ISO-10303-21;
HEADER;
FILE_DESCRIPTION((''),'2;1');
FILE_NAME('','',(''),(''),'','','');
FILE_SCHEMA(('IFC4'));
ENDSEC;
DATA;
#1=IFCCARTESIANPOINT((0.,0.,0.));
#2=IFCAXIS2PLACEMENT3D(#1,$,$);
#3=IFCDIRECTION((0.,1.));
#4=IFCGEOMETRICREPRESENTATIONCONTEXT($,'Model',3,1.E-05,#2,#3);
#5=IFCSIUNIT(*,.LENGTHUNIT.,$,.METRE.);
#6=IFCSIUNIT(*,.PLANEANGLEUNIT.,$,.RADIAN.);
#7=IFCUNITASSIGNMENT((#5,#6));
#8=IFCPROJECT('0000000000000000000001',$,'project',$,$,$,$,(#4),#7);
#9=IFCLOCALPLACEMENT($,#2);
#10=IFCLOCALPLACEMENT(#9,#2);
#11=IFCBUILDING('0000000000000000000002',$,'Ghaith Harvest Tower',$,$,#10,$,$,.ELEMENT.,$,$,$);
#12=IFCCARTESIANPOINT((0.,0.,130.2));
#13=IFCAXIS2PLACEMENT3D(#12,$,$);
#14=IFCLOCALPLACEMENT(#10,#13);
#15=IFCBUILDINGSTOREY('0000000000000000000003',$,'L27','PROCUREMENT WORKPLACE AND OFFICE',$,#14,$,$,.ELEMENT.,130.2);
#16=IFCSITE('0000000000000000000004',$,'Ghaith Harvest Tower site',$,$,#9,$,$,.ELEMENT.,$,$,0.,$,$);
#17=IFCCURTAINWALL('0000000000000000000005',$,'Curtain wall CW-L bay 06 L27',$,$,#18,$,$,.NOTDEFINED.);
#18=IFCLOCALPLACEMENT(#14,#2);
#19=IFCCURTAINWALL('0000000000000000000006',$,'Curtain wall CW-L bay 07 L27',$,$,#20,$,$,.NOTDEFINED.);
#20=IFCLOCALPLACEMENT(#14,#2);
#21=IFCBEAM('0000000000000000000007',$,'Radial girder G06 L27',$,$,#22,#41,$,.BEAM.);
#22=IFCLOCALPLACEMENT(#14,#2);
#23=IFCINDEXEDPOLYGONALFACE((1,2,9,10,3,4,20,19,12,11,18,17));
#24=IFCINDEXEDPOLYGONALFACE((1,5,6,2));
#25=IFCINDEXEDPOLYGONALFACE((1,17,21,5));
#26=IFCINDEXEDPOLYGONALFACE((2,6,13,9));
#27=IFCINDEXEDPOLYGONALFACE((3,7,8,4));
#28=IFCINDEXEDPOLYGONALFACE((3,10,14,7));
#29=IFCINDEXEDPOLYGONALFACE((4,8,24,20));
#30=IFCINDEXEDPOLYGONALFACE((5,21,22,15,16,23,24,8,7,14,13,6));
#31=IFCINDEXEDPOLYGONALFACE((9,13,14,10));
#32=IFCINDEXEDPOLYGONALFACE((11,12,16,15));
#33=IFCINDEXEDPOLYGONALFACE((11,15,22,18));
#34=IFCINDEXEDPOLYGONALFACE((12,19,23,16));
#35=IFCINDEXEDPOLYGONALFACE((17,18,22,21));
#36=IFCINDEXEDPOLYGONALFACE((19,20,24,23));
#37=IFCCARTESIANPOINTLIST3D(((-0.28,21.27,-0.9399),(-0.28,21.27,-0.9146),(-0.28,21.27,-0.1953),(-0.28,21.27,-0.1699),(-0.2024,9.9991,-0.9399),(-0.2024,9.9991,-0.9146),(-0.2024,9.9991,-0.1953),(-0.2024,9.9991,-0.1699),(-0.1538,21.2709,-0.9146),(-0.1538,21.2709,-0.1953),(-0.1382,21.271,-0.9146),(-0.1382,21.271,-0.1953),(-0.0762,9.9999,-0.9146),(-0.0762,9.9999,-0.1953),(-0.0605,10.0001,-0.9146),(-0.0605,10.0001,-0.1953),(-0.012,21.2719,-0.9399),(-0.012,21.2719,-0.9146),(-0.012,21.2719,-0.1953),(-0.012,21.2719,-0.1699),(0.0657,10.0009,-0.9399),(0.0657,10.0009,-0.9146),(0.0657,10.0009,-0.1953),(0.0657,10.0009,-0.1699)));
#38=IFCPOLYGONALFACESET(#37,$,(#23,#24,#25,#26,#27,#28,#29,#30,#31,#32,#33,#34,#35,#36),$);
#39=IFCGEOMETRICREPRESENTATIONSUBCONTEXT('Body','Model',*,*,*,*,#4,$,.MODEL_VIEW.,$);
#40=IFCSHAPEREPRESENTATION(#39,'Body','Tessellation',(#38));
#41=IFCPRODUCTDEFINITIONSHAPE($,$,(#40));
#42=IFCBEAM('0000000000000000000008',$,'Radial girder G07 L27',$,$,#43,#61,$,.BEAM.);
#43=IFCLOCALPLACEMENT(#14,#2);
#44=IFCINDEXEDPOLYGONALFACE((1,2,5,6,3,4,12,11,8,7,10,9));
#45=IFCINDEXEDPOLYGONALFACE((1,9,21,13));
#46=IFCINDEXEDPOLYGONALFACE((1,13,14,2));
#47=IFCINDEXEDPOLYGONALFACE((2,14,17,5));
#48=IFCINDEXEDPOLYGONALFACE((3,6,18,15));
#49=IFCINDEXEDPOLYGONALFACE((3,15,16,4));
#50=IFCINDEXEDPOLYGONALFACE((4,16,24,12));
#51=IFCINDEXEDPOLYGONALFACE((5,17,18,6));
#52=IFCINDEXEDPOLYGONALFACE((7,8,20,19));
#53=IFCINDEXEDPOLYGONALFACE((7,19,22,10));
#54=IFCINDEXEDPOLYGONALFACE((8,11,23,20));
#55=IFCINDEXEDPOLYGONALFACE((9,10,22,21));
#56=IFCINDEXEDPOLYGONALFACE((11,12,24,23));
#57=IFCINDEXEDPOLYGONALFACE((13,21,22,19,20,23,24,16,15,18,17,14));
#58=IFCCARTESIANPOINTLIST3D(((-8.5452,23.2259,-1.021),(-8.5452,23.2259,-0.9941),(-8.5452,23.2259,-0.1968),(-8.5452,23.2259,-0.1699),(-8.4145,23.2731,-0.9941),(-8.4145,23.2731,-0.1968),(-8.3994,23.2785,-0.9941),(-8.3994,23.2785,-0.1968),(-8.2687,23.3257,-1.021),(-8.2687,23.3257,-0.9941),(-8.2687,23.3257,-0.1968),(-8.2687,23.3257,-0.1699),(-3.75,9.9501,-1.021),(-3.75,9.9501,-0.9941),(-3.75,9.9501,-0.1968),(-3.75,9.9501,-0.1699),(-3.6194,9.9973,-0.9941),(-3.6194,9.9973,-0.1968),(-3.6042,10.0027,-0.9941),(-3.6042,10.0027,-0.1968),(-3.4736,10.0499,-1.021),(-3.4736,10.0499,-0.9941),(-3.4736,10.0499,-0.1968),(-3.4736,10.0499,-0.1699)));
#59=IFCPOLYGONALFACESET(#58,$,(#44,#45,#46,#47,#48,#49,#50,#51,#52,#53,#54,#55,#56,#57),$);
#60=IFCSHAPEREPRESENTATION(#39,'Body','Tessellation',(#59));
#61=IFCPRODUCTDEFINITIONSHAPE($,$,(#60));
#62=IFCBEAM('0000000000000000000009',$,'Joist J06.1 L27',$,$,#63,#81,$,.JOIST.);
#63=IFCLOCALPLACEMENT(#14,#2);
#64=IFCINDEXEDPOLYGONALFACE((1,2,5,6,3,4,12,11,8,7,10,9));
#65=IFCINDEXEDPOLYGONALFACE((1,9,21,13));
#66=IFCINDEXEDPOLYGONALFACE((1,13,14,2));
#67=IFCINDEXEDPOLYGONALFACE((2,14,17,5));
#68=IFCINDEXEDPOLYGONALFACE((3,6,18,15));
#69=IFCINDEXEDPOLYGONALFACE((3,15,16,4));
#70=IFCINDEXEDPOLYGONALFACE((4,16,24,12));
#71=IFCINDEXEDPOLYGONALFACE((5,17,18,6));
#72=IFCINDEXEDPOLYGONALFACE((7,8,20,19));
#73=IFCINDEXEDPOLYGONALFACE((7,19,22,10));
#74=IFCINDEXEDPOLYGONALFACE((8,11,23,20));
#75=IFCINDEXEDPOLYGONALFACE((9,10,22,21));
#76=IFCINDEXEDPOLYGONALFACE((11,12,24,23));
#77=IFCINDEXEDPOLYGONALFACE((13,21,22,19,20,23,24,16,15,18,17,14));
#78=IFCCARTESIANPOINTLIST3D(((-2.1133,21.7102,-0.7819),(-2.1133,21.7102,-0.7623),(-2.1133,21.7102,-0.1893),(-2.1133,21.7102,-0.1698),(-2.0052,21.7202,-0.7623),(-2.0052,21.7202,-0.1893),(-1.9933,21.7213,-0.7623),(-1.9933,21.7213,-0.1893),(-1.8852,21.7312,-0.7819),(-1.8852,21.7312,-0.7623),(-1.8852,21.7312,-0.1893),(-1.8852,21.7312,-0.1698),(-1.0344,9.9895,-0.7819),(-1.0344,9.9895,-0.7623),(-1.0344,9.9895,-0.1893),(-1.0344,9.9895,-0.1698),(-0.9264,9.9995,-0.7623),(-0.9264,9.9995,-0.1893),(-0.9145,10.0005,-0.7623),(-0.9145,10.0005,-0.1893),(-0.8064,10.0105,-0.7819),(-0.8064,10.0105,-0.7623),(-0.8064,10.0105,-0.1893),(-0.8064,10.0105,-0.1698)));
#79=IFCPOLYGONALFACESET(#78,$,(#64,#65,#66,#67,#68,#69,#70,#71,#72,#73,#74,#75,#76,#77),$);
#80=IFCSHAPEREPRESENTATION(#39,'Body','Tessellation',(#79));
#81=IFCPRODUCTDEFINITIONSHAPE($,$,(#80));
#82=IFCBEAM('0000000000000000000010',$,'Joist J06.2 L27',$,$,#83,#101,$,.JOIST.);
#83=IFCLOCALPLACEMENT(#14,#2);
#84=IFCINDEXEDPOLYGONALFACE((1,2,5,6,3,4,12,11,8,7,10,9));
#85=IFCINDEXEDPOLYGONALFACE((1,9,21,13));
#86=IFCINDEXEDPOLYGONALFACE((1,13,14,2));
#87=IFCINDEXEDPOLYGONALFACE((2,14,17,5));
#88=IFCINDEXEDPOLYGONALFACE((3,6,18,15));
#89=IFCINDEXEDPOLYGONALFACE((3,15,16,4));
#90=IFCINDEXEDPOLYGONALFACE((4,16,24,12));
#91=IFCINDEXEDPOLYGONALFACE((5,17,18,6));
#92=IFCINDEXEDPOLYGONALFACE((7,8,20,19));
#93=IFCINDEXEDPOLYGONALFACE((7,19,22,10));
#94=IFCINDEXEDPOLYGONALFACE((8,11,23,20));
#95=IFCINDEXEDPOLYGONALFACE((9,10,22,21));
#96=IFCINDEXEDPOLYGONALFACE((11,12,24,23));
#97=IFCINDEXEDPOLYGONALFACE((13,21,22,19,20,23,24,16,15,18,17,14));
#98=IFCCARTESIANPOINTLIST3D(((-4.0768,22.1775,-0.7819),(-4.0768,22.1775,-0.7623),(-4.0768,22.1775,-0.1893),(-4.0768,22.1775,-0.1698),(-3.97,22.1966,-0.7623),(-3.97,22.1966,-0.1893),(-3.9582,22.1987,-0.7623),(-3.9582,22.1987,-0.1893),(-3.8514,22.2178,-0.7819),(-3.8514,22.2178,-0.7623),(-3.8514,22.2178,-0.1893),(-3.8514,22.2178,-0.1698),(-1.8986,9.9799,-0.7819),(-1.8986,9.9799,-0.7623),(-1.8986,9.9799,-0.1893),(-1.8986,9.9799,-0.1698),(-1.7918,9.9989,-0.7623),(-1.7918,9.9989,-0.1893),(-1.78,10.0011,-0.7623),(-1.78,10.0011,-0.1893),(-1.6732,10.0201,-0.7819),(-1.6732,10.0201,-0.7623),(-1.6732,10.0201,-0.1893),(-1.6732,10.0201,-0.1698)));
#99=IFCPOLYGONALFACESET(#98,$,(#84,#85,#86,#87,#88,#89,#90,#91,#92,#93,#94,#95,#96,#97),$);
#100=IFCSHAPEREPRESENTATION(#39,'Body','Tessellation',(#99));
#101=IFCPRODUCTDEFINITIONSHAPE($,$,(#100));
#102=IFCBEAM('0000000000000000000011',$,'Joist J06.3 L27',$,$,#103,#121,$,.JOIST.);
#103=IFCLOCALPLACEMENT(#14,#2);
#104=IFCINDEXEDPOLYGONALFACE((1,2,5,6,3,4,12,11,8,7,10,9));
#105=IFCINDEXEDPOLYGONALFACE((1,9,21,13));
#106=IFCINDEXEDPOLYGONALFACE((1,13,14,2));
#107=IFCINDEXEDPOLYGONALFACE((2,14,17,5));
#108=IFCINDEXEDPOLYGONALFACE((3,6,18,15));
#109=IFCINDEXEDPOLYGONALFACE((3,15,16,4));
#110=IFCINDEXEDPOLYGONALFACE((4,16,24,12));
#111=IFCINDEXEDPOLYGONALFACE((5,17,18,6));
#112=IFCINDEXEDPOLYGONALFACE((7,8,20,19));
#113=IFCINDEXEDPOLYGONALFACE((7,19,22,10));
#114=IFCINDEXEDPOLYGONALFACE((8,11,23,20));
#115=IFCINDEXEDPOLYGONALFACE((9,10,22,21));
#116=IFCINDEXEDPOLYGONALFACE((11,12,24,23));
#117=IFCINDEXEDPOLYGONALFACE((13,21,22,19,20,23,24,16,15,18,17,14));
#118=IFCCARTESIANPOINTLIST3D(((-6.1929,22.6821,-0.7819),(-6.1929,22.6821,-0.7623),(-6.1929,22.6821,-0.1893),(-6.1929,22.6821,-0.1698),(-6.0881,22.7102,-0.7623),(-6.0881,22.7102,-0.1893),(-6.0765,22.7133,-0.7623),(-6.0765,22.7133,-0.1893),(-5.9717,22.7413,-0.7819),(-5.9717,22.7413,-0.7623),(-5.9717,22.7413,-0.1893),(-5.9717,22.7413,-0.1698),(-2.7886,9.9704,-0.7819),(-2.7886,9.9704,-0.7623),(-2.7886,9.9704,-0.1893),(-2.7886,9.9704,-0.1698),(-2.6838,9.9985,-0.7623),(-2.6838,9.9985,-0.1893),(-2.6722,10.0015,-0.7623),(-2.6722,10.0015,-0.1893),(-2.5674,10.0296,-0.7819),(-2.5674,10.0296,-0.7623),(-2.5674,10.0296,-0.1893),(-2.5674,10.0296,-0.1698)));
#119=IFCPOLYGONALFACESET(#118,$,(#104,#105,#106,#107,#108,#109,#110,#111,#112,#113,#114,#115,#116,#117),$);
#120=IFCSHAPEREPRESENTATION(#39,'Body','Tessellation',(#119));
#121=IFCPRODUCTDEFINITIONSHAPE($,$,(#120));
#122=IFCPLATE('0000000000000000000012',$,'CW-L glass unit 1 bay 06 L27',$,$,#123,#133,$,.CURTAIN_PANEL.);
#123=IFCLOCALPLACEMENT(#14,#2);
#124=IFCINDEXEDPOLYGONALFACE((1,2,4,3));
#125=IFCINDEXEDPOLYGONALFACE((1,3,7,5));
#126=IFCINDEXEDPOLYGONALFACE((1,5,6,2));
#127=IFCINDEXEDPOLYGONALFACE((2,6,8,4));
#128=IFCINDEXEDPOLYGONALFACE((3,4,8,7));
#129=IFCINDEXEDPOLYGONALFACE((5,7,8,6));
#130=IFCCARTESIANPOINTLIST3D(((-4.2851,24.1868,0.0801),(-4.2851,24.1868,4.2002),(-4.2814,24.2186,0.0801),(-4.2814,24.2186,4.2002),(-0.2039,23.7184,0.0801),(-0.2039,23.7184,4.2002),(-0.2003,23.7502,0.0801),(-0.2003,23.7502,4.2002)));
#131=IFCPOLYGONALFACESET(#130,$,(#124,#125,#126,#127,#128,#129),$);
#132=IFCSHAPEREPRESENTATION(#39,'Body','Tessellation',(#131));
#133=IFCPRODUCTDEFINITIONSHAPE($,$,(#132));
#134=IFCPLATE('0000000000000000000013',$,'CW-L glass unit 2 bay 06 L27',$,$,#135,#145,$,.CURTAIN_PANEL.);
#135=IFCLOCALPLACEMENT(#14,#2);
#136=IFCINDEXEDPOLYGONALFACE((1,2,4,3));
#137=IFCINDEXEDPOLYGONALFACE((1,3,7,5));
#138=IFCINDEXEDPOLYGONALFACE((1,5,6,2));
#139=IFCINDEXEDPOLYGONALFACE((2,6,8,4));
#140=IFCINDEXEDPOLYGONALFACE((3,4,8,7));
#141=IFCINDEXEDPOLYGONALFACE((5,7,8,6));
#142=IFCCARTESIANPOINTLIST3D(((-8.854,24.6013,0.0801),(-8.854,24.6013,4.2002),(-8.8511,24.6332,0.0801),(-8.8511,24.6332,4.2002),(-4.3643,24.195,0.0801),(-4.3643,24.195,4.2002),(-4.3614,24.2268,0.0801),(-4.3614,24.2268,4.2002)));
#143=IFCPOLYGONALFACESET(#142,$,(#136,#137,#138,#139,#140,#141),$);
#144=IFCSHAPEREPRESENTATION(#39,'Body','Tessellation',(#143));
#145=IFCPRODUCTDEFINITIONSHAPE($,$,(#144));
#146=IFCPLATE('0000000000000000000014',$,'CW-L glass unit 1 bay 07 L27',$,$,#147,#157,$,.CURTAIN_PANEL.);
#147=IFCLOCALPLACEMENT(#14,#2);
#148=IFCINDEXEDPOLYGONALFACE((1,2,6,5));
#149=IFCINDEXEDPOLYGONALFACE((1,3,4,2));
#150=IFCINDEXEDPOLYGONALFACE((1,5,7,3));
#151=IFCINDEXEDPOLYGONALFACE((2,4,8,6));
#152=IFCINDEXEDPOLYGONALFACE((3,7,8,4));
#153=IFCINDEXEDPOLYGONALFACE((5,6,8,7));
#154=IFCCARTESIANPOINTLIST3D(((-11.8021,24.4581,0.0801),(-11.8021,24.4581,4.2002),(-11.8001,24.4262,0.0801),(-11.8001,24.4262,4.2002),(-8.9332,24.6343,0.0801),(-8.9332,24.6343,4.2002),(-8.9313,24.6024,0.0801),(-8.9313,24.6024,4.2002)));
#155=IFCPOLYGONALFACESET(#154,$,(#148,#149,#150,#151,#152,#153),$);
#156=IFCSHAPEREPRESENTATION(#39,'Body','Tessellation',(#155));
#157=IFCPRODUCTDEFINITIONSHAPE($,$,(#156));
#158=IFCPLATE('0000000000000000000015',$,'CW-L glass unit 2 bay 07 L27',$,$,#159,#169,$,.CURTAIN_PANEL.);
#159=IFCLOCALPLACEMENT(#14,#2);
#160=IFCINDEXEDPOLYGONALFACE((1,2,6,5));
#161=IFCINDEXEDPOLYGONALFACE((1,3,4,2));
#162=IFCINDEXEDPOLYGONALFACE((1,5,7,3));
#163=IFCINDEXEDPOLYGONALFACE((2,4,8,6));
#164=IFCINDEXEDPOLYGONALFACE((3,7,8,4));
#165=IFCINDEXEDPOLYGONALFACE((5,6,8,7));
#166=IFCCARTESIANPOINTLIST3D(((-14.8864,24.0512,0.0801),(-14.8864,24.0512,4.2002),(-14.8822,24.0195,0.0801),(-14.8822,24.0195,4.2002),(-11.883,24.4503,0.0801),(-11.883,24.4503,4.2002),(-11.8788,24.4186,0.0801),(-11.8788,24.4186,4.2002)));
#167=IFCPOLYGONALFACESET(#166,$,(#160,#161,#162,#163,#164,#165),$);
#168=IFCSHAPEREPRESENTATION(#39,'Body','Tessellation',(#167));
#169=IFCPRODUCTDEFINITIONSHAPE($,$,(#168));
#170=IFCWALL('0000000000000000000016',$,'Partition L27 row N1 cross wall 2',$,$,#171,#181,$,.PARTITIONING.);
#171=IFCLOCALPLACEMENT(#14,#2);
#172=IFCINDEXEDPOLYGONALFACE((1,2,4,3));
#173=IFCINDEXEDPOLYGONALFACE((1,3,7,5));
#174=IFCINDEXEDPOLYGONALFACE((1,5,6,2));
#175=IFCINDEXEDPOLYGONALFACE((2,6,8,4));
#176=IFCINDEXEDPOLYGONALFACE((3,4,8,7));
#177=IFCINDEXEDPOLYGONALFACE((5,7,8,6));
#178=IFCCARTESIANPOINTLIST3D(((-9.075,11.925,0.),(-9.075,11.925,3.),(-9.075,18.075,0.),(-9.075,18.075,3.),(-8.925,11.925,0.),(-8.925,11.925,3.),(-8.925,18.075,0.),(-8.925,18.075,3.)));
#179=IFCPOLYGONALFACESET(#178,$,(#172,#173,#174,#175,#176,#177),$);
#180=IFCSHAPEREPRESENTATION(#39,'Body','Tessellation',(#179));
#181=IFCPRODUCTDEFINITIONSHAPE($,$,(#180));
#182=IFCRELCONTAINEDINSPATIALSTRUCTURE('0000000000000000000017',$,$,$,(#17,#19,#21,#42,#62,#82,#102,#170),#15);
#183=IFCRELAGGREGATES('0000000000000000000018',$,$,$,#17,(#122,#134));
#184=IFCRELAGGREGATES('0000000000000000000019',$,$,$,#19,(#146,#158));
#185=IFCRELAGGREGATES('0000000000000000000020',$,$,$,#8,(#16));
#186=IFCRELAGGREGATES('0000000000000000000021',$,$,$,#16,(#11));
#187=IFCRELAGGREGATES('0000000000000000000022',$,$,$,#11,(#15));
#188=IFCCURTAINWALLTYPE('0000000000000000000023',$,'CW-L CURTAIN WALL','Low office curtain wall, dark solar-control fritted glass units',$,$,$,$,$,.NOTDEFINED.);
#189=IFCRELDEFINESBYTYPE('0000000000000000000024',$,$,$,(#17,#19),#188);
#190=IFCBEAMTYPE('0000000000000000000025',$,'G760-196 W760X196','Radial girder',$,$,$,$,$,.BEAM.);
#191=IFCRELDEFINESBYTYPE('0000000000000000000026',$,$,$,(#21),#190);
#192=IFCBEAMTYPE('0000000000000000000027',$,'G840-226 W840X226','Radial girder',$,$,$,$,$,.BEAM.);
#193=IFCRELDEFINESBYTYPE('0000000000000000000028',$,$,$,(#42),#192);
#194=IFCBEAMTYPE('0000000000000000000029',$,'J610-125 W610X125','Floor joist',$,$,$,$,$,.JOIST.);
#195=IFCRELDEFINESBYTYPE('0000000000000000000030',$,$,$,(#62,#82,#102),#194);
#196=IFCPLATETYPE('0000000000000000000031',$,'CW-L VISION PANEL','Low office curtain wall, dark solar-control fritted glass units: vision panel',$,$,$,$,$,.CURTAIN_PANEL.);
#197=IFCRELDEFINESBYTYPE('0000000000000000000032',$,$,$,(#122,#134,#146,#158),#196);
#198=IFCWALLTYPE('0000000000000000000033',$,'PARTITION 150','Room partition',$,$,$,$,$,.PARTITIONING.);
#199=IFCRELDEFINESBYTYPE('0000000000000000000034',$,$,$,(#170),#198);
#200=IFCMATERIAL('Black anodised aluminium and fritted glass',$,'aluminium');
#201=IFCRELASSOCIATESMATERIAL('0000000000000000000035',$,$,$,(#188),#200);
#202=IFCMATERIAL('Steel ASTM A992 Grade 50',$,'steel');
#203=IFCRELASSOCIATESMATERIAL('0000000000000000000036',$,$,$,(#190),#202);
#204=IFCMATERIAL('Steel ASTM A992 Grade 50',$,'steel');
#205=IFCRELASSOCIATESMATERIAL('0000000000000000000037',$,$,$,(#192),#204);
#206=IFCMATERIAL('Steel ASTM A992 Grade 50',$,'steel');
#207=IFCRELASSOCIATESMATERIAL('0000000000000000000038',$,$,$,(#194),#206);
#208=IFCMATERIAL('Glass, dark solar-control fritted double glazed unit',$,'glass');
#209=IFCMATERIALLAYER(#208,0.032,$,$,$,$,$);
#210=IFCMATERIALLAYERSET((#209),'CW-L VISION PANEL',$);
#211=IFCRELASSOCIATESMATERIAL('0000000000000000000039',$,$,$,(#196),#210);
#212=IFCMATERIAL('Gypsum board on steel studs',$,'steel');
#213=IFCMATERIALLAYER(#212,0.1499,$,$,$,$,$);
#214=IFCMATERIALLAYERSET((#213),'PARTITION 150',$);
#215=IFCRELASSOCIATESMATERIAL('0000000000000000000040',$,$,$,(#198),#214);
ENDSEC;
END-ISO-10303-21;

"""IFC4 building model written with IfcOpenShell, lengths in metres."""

from ifc_helpers import new_model, si_unit, direction, frame, frame_2d, origin, origin_2d, place, context, subcontext, project, spatial, rectangle, i_section, extrude, material, layer, layer_set, material_profile, profile_set, type_object, element, aggregate, save


model = new_model("IFC4")

# Units and contexts
model_context = context("Model", 3, precision=1e-05, world=origin(), true_north=direction((0.0, 1.0)))
body_context = subcontext(model_context, "Body", "Model", "MODEL_VIEW")
ifc_project = project(units=[si_unit("LENGTHUNIT", "METRE"), si_unit("PLANEANGLEUNIT", "RADIAN")], contexts=[model_context])

# Site, building, storey
site_placement = place(None, origin())
site = spatial("IfcSite", under=ifc_project, at=site_placement, Name="Ghaith Harvest Tower site", CompositionType="ELEMENT", RefElevation=0.0)
building_placement = place(site_placement, origin())
building = spatial("IfcBuilding", under=site, at=building_placement, Name="Ghaith Harvest Tower", CompositionType="ELEMENT")
storey_placement = place(building_placement, frame((0.0, 0.0, 130.2)))
storey = spatial("IfcBuildingStorey", under=building, at=storey_placement, Name="L27", Description="PROCUREMENT WORKPLACE AND OFFICE", CompositionType="ELEMENT", Elevation=130.2)

# Curtain walls
ifc_material_1 = material(Name="Black anodised aluminium and fritted glass", Category="aluminium")
curtain_wall_type = type_object("IfcCurtainWallType", Name="CW-L CURTAIN WALL", Description="Low office curtain wall, dark solar-control fritted glass units", PredefinedType="NOTDEFINED", material=ifc_material_1)
curtain_wall_1_placement = place(storey_placement, origin())
curtain_wall_1 = element("IfcCurtainWall", 1, at=curtain_wall_1_placement, inside=storey, type_object=curtain_wall_type, Name="Curtain wall CW-L bay 06 L27", PredefinedType="NOTDEFINED")
curtain_wall_2_placement = place(storey_placement, origin())
curtain_wall_2 = element("IfcCurtainWall", 2, at=curtain_wall_2_placement, inside=storey, type_object=curtain_wall_type, Name="Curtain wall CW-L bay 07 L27", PredefinedType="NOTDEFINED")

# Beams
ifc_material_2 = material(Name="Steel ASTM A992 Grade 50", Category="steel")
ifc_material_profile_1 = material_profile(ifc_material_2, i_section(OverallWidth=0.2681, OverallDepth=0.77, WebThickness=0.0156, FlangeThickness=0.0254, at=origin_2d()), Name="W760X196")
ifc_profile_set_1 = profile_set([ifc_material_profile_1], Name="Steel ASTM A992 Grade 50")
beam_type_1 = type_object("IfcBeamType", Name="G760-196 W760X196", Description="Radial girder", PredefinedType="BEAM", material=ifc_profile_set_1)
beam_1_placement = place(storey_placement, frame((-0.0684, 10.0, -0.5549), z_axis=(-0.006888, 0.999976, 0.0), x_axis=(-0.999976, -0.006888, 0.0)))
element("IfcBeam", 3, at=beam_1_placement, inside=storey, type_object=beam_type_1, Name="Radial girder G06 L27", PredefinedType="BEAM", context=body_context, shape_type="SweptSolid", body=[
    extrude(i_section(OverallWidth=0.2681, OverallDepth=0.77, WebThickness=0.0156, FlangeThickness=0.0254, at=origin_2d()), origin(), (0.0, 0.0, 1.0), 11.2712),
])
ifc_material_3 = material(Name="Steel ASTM A992 Grade 50", Category="steel")
ifc_material_profile_2 = material_profile(ifc_material_3, i_section(OverallWidth=0.2939, OverallDepth=0.8511, WebThickness=0.0161, FlangeThickness=0.0269, at=origin_2d()), Name="W840X226")
ifc_profile_set_2 = profile_set([ifc_material_profile_2], Name="Steel ASTM A992 Grade 50")
beam_type_2 = type_object("IfcBeamType", Name="G840-226 W840X226", Description="Radial girder", PredefinedType="BEAM", material=ifc_profile_set_2)
beam_2_placement = place(storey_placement, frame((-3.6118, 10.0, -0.5955), z_axis=(-0.339713, 0.940529, 0.0), x_axis=(-0.940529, -0.339713, 0.0)))
element("IfcBeam", 4, at=beam_2_placement, inside=storey, type_object=beam_type_2, Name="Radial girder G07 L27", PredefinedType="BEAM", context=body_context, shape_type="SweptSolid", body=[
    extrude(i_section(OverallWidth=0.2939, OverallDepth=0.8511, WebThickness=0.0161, FlangeThickness=0.0269, at=origin_2d()), origin(), (0.0, 0.0, 1.0), 14.1152),
])
ifc_material_4 = material(Name="Steel ASTM A992 Grade 50", Category="steel")
ifc_material_profile_3 = material_profile(ifc_material_4, i_section(OverallWidth=0.229, OverallDepth=0.6121, WebThickness=0.012, FlangeThickness=0.0195, at=origin_2d()), Name="W610X125")
ifc_profile_set_3 = profile_set([ifc_material_profile_3], Name="Steel ASTM A992 Grade 50")
beam_type_3 = type_object("IfcBeamType", Name="J610-125 W610X125", Description="Floor joist", PredefinedType="JOIST", material=ifc_profile_set_3)
beam_3_placement = place(storey_placement, frame((-0.9204, 10.0, -0.4758), z_axis=(-0.09166, 0.99579, 0.0), x_axis=(-0.99579, -0.09166, 0.0)))
element("IfcBeam", 5, at=beam_3_placement, inside=storey, type_object=beam_type_3, Name="Joist J06.1 L27", PredefinedType="JOIST", context=body_context, shape_type="SweptSolid", body=[
    extrude(i_section(OverallWidth=0.229, OverallDepth=0.6121, WebThickness=0.012, FlangeThickness=0.0195, at=origin_2d()), origin(), (0.0, 0.0, 1.0), 11.7703),
])
beam_4_placement = place(storey_placement, frame((-1.7859, 10.0, -0.4758), z_axis=(-0.175795, 0.984427, 0.0), x_axis=(-0.984427, -0.175795, 0.0)))
element("IfcBeam", 6, at=beam_4_placement, inside=storey, type_object=beam_type_3, Name="Joist J06.2 L27", PredefinedType="JOIST", context=body_context, shape_type="SweptSolid", body=[
    extrude(i_section(OverallWidth=0.229, OverallDepth=0.6121, WebThickness=0.012, FlangeThickness=0.0195, at=origin_2d()), origin(), (0.0, 0.0, 1.0), 12.3906),
])
beam_5_placement = place(storey_placement, frame((-2.678, 10.0, -0.4758), z_axis=(-0.258693, 0.96596, 0.0), x_axis=(-0.96596, -0.258693, 0.0)))
element("IfcBeam", 7, at=beam_5_placement, inside=storey, type_object=beam_type_3, Name="Joist J06.3 L27", PredefinedType="JOIST", context=body_context, shape_type="SweptSolid", body=[
    extrude(i_section(OverallWidth=0.229, OverallDepth=0.6121, WebThickness=0.012, FlangeThickness=0.0195, at=origin_2d()), origin(), (0.0, 0.0, 1.0), 13.1597),
])

# Plates
ifc_material_5 = material(Name="Glass, dark solar-control fritted double glazed unit", Category="glass")
ifc_layer_1 = layer(ifc_material_5, 0.032)
ifc_layer_set_1 = layer_set([ifc_layer_1], Name="CW-L VISION PANEL")
plate_type = type_object("IfcPlateType", Name="CW-L VISION PANEL", Description="Low office curtain wall, dark solar-control fritted glass units: vision panel", PredefinedType="CURTAIN_PANEL", material=ifc_layer_set_1)
plate_1_placement = place(storey_placement, frame((-2.2427, 23.9685, 0.0801), z_axis=(0.0, 0.0, 1.0), x_axis=(-0.993477, 0.114032, 0.0)))
plate_1 = element("IfcPlate", 8, at=plate_1_placement, type_object=plate_type, Name="CW-L glass unit 1 bay 06 L27", PredefinedType="CURTAIN_PANEL", context=body_context, shape_type="SweptSolid", body=[
    extrude(rectangle(XDim=4.1079, YDim=0.032, at=origin_2d()), origin(), (0.0, 0.0, 1.0), 4.1201),
])
plate_2_placement = place(storey_placement, frame((-6.6077, 24.4141, 0.0801), z_axis=(0.0, 0.0, 1.0), x_axis=(-0.995929, 0.090144, 0.0)))
plate_2 = element("IfcPlate", 9, at=plate_2_placement, type_object=plate_type, Name="CW-L glass unit 2 bay 06 L27", PredefinedType="CURTAIN_PANEL", context=body_context, shape_type="SweptSolid", body=[
    extrude(rectangle(XDim=4.5081, YDim=0.032, at=origin_2d()), origin(), (0.0, 0.0, 1.0), 4.1201),
])
aggregate(curtain_wall_1, [plate_1, plate_2])
plate_3_placement = place(storey_placement, frame((-10.3667, 24.5303, 0.0801), z_axis=(0.0, 0.0, 1.0), x_axis=(-0.998119, -0.061303, 0.0)))
plate_3 = element("IfcPlate", 10, at=plate_3_placement, type_object=plate_type, Name="CW-L glass unit 1 bay 07 L27", PredefinedType="CURTAIN_PANEL", context=body_context, shape_type="SweptSolid", body=[
    extrude(rectangle(XDim=2.8743, YDim=0.032, at=origin_2d()), origin(), (0.0, 0.0, 1.0), 4.1201),
])
plate_4_placement = place(storey_placement, frame((-13.3826, 24.2349, 0.0801), z_axis=(0.0, 0.0, 1.0), x_axis=(-0.991286, -0.131728, 0.0)))
plate_4 = element("IfcPlate", 11, at=plate_4_placement, type_object=plate_type, Name="CW-L glass unit 2 bay 07 L27", PredefinedType="CURTAIN_PANEL", context=body_context, shape_type="SweptSolid", body=[
    extrude(rectangle(XDim=3.0298, YDim=0.032, at=origin_2d()), origin(), (0.0, 0.0, 1.0), 4.1201),
])
aggregate(curtain_wall_2, [plate_3, plate_4])

# Wall
ifc_material_6 = material(Name="Gypsum board on steel studs", Category="steel")
ifc_layer_2 = layer(ifc_material_6, 0.1499)
ifc_layer_set_2 = layer_set([ifc_layer_2], Name="PARTITION 150")
wall_type = type_object("IfcWallType", Name="PARTITION 150", Description="Room partition", PredefinedType="PARTITIONING", material=ifc_layer_set_2)
for number, where, z_axis, x_axis, name in (
    (12, (-9.0, 11.925, 0.0), (0.0, 0.0, 1.0), (0.0, 1.0, 0.0), "Partition L27 row N1 cross wall 2"),
):
    element("IfcWall", number, at=place(storey_placement, frame(where, z_axis=z_axis, x_axis=x_axis)), inside=storey, type_object=wall_type, Name=name, PredefinedType="PARTITIONING", context=body_context, shape_type="SweptSolid", body=[
        extrude(rectangle(XDim=6.1499, YDim=0.1499, at=frame_2d((3.075, 0.0))), origin(), (0.0, 0.0, 1.0), 3.0),
    ])

save(model, "model.ifc")
